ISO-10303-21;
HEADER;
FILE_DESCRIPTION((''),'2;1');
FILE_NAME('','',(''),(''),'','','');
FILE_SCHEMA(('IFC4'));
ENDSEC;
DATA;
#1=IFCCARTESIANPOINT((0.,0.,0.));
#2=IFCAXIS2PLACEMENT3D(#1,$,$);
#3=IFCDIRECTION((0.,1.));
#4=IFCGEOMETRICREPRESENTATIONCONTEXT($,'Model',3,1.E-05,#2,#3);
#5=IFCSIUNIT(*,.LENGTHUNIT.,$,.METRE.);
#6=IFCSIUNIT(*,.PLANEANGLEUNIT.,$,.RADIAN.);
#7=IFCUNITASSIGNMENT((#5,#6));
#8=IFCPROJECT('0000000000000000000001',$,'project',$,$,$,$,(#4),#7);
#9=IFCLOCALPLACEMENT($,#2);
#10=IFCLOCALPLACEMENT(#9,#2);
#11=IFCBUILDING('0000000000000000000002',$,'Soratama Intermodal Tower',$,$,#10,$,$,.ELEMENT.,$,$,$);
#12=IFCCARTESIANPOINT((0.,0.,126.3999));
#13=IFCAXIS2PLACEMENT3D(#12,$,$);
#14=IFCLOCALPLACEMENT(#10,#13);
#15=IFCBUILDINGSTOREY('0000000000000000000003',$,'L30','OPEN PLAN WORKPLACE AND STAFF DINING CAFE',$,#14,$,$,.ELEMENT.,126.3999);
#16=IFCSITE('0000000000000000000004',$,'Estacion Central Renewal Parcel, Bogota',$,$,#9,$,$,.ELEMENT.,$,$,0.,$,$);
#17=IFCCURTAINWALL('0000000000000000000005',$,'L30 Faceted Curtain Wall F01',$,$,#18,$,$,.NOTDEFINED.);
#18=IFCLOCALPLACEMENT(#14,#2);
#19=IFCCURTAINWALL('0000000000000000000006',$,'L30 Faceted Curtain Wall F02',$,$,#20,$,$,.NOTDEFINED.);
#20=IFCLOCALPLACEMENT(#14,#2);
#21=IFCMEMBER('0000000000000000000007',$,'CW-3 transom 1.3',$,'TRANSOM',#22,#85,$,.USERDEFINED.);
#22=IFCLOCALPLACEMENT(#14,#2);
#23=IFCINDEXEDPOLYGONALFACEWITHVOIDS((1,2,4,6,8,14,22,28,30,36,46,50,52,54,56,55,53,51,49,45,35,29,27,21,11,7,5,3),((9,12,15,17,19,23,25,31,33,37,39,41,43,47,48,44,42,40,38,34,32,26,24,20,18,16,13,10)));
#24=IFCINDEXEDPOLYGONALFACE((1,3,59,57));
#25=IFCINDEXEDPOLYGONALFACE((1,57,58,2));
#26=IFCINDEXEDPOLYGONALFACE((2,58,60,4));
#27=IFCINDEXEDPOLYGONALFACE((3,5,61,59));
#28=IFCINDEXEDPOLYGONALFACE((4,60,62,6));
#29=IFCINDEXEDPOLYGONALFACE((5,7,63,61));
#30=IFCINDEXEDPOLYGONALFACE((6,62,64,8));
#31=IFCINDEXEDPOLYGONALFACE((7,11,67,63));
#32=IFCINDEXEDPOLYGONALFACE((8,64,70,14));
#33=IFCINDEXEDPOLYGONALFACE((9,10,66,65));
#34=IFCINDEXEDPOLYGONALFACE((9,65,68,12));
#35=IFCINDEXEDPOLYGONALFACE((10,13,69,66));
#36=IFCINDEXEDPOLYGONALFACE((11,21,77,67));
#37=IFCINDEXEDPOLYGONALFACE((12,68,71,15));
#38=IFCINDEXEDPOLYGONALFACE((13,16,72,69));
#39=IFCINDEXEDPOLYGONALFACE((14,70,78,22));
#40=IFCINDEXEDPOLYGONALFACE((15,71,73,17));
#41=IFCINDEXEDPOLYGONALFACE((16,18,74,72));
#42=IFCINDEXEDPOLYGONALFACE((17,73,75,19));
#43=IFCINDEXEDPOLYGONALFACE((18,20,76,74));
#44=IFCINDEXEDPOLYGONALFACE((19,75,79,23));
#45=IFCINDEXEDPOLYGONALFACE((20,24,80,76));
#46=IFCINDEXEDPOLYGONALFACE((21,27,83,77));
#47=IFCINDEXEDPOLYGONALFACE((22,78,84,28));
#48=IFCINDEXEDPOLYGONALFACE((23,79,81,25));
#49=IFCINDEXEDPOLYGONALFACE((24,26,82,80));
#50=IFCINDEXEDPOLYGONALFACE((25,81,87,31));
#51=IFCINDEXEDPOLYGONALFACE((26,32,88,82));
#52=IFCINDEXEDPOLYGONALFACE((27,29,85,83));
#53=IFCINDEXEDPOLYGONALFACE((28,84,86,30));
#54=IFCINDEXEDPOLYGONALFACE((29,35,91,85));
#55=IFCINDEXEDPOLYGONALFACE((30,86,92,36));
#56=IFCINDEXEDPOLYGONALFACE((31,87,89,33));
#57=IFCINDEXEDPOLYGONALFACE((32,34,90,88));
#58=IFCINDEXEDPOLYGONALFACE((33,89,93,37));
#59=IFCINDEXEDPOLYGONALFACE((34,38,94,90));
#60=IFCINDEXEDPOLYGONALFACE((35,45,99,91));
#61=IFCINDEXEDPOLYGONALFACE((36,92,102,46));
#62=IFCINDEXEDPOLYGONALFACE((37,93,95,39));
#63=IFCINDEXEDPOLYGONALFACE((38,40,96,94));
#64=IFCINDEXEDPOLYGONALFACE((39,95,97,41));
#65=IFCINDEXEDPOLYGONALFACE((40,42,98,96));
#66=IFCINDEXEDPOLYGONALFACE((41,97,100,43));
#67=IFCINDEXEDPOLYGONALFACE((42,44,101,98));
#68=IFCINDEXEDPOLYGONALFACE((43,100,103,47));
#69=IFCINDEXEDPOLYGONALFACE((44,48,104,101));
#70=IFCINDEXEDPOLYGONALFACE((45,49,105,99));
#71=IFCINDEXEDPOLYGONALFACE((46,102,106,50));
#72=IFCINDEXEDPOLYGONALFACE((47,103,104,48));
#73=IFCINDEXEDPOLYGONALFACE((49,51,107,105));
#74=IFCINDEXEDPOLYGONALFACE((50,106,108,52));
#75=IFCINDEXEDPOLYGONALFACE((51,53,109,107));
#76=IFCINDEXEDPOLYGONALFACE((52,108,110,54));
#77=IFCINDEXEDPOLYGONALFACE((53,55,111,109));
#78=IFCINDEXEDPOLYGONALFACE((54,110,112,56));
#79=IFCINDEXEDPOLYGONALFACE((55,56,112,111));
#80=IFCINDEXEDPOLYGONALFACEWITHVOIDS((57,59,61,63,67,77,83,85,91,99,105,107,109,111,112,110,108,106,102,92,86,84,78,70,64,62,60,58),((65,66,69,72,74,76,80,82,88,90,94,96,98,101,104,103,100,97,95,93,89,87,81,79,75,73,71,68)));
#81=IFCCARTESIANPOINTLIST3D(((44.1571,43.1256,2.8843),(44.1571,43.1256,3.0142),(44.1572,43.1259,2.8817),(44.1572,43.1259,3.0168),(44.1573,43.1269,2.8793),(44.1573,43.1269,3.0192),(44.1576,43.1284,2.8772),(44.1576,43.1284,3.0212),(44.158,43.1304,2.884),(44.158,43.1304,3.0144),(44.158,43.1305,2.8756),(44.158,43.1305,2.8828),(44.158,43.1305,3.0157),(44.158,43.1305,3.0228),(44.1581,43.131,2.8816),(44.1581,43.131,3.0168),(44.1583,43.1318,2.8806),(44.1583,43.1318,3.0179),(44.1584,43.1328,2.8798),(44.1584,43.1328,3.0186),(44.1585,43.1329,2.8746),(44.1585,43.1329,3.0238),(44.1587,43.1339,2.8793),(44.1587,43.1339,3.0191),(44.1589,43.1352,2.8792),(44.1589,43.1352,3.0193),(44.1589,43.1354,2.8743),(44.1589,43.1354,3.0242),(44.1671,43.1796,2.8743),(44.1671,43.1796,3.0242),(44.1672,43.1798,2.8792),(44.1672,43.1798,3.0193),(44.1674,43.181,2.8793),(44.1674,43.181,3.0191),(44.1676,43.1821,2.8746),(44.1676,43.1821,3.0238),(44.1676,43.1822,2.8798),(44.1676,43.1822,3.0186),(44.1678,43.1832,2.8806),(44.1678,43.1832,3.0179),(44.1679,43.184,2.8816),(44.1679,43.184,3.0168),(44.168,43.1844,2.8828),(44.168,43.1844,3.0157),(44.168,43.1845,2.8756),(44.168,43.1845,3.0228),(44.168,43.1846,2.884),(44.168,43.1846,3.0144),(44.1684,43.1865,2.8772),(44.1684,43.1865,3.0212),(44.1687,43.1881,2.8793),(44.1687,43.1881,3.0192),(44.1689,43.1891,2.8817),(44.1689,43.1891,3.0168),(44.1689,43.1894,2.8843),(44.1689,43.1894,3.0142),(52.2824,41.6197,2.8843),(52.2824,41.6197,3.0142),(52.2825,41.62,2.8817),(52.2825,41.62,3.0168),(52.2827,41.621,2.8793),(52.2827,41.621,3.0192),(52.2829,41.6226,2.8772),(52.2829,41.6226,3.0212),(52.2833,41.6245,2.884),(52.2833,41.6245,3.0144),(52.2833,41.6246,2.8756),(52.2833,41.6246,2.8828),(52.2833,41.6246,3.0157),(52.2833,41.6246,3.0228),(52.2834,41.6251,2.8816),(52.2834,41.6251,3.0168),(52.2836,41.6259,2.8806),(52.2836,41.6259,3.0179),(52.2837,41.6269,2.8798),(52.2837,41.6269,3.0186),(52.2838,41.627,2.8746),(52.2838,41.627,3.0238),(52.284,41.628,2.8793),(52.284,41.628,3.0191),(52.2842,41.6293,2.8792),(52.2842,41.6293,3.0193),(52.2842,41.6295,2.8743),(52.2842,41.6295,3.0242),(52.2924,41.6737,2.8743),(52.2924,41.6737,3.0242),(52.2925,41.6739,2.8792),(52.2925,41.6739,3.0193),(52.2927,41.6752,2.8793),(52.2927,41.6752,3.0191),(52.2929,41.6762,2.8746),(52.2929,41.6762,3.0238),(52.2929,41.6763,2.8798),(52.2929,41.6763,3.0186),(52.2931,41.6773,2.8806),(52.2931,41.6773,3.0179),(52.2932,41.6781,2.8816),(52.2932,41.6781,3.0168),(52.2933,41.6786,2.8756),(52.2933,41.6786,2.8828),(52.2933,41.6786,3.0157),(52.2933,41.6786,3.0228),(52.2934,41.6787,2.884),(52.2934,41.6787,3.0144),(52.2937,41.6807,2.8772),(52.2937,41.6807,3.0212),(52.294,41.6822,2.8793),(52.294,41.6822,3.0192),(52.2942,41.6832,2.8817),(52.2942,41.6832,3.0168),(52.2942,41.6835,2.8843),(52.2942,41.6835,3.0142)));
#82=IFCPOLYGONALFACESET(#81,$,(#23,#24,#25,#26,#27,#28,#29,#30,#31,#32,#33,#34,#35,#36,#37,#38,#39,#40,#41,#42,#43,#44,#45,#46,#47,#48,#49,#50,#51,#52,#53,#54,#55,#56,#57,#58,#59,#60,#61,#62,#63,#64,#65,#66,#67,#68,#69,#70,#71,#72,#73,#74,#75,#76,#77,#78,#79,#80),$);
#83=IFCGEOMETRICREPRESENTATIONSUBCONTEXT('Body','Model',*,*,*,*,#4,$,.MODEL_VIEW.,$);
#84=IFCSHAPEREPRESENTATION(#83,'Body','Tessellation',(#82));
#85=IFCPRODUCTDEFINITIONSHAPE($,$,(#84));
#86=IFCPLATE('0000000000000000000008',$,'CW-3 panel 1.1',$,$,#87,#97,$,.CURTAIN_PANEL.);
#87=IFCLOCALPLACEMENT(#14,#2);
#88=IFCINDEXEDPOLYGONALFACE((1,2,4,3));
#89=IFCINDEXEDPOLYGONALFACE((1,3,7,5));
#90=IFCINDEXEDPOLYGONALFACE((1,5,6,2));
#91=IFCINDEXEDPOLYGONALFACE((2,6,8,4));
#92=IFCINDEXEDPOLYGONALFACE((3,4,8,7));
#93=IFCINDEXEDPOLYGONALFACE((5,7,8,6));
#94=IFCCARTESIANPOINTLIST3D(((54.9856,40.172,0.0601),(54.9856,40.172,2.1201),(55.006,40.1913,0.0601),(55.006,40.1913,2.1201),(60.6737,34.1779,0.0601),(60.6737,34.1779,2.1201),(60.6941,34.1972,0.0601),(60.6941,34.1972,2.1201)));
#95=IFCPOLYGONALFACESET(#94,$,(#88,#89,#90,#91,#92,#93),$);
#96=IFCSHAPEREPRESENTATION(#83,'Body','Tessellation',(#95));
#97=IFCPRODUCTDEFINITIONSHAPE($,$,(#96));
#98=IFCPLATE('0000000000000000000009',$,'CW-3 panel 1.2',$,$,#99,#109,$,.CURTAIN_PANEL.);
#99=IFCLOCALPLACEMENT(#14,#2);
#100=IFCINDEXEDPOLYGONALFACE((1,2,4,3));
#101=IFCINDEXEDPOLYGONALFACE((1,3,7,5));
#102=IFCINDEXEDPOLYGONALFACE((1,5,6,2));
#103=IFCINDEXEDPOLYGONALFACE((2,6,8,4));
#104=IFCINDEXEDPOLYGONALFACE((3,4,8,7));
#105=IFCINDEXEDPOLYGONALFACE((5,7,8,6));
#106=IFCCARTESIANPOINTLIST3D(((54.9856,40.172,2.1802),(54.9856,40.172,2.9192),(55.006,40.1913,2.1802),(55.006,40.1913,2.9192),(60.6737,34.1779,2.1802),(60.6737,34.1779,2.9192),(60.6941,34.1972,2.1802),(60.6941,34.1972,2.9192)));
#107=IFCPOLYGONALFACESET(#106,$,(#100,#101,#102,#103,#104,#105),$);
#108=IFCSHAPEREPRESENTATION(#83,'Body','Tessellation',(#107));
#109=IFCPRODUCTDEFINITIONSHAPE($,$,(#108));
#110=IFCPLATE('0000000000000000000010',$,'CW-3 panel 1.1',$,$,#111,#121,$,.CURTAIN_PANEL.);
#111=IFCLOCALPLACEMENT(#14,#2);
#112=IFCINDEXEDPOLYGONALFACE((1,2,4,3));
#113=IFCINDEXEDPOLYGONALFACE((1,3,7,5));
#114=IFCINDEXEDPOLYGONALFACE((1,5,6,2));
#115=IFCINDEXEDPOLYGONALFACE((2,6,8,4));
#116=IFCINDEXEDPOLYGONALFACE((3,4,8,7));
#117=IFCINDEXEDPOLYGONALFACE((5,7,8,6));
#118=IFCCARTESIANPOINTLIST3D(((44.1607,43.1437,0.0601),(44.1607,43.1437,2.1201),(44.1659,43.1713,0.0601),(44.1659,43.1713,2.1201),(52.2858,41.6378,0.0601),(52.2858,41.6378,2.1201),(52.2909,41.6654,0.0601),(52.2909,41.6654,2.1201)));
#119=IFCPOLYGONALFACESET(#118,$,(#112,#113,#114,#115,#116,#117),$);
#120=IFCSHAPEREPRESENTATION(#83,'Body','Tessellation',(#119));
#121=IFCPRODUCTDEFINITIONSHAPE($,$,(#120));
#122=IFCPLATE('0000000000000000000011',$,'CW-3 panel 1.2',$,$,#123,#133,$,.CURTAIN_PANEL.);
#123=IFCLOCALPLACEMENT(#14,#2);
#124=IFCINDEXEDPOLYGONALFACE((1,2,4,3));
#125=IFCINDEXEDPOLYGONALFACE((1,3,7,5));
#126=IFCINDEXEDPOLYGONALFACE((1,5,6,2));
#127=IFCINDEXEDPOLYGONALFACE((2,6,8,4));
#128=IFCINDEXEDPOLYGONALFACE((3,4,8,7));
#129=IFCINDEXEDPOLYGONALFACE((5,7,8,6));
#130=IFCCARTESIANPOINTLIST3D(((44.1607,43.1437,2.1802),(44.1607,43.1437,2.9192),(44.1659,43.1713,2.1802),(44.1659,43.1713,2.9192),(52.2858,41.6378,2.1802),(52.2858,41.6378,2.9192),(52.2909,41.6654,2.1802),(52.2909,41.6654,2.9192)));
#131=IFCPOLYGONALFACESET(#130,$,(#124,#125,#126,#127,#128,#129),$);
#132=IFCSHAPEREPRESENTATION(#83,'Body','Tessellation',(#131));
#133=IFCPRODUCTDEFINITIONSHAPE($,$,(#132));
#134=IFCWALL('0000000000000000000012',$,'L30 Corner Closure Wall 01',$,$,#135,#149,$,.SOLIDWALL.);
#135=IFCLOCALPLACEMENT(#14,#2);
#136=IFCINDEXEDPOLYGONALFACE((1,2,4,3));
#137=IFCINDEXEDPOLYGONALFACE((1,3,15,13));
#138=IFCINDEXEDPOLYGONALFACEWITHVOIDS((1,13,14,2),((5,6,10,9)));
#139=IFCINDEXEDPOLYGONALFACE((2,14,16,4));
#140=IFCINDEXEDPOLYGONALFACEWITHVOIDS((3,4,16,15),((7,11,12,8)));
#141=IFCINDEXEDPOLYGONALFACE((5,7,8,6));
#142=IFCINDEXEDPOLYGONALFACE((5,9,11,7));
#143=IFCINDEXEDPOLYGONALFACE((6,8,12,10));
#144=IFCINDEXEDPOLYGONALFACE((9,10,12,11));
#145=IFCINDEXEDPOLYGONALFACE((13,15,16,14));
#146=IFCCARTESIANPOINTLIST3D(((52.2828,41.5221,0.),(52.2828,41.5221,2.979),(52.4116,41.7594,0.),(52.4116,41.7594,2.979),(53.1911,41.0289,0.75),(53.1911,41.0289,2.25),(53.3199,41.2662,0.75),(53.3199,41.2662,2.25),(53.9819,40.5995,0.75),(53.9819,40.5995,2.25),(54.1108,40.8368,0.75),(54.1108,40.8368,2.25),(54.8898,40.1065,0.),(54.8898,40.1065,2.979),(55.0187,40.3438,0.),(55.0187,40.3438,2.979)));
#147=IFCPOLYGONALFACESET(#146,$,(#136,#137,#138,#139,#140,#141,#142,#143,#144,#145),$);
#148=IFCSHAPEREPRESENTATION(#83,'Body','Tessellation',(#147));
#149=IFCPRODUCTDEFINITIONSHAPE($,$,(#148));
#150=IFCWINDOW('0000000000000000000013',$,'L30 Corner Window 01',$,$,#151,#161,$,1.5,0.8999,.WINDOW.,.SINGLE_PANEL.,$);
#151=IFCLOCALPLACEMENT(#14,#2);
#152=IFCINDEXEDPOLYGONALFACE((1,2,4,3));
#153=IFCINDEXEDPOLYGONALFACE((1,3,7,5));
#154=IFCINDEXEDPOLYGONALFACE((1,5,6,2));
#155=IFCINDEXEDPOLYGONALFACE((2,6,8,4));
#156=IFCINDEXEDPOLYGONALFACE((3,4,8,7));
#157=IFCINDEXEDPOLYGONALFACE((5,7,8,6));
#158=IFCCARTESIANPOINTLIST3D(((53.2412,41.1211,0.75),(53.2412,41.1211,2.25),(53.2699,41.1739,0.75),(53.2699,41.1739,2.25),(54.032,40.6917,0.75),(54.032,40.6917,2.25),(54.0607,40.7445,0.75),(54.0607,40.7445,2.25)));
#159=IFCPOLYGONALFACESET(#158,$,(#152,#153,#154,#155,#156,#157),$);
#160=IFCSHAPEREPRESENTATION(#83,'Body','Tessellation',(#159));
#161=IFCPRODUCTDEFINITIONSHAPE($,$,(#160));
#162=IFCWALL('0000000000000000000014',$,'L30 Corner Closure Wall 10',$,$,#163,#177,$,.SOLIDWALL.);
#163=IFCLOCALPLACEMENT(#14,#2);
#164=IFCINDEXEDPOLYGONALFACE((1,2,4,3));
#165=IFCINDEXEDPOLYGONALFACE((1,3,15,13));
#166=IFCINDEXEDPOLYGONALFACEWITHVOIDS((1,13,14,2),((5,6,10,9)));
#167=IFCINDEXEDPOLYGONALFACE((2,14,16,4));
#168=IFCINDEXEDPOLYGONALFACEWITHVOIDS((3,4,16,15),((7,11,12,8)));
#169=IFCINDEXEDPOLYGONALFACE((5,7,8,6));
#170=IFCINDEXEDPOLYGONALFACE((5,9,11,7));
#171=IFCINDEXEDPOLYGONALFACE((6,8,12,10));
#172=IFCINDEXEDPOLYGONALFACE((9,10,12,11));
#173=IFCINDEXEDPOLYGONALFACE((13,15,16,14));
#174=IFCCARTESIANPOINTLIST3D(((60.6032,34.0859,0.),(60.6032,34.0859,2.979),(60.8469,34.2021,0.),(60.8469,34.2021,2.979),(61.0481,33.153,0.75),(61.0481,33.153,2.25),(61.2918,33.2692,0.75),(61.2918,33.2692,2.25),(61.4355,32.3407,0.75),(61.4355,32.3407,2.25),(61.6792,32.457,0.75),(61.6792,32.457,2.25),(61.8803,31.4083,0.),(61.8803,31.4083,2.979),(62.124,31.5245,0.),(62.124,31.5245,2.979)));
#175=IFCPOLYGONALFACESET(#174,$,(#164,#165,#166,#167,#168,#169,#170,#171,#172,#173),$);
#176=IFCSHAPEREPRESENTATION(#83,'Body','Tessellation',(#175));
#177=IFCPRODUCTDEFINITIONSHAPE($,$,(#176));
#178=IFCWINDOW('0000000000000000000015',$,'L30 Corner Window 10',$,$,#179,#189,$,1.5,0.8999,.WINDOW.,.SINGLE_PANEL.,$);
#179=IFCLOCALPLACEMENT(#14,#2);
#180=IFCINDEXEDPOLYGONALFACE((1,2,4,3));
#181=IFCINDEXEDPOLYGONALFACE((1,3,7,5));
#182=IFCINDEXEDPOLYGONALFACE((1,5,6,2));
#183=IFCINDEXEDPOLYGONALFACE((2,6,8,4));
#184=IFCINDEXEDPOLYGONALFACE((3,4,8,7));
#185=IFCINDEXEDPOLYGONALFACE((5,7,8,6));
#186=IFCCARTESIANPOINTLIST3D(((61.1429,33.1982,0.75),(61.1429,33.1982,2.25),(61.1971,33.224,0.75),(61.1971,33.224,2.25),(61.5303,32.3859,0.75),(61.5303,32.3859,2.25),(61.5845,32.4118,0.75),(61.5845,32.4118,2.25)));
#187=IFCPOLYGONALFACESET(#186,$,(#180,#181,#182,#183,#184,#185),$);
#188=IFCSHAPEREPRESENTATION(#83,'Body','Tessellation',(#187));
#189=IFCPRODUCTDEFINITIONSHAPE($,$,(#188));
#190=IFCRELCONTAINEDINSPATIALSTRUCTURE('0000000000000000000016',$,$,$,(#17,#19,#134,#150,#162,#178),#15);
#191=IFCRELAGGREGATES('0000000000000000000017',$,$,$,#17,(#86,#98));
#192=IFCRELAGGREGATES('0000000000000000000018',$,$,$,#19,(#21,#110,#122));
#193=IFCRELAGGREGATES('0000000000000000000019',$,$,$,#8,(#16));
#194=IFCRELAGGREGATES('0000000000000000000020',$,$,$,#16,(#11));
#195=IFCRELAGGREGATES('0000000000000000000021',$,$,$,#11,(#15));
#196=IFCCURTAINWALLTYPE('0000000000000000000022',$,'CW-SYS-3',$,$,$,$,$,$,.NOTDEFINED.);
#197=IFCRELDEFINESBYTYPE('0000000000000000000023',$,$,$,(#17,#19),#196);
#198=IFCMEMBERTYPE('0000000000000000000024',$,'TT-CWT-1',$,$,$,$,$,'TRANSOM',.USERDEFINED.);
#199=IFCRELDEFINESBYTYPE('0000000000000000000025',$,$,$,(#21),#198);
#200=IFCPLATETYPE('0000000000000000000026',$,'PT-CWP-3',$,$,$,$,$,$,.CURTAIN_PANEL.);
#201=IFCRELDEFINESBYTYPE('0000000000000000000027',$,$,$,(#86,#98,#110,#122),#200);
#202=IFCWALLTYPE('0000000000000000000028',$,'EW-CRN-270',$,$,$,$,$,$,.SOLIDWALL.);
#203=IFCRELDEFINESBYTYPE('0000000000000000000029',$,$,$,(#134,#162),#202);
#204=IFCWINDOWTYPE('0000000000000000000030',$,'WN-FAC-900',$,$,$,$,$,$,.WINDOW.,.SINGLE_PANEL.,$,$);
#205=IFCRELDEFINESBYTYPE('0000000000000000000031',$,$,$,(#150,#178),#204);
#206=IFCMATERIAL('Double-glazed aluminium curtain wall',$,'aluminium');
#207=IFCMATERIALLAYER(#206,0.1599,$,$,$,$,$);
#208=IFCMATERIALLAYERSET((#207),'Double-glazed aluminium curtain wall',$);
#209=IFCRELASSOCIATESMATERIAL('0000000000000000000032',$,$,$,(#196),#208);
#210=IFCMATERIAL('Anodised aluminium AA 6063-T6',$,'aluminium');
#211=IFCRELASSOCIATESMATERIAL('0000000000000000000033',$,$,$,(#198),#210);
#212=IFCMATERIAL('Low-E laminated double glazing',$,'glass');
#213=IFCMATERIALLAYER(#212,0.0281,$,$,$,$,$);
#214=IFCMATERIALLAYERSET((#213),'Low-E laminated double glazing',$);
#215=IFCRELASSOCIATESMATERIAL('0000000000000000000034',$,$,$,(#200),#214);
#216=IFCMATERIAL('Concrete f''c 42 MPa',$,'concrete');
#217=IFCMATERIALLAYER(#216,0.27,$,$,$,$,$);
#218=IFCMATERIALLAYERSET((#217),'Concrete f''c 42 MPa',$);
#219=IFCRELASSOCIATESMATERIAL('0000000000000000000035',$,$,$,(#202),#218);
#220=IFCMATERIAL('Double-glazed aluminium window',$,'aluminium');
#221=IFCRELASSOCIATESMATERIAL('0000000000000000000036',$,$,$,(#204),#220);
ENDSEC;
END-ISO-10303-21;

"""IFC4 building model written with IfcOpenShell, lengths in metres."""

from ifc_helpers import new_model, si_unit, direction, frame, frame_2d, origin, origin_2d, place, context, subcontext, project, spatial, rectangle, hollow_rectangle, extrude, material, layer, layer_set, material_profile, profile_set, type_object, element, fill, aggregate, save


model = new_model("IFC4")

# Units and contexts
model_context = context("Model", 3, precision=1e-05, world=origin(), true_north=direction((0.0, 1.0)))
body_context = subcontext(model_context, "Body", "Model", "MODEL_VIEW")
ifc_project = project(units=[si_unit("LENGTHUNIT", "METRE"), si_unit("PLANEANGLEUNIT", "RADIAN")], contexts=[model_context])

# Site, building, storey
site_placement = place(None, origin())
site = spatial("IfcSite", under=ifc_project, at=site_placement, Name="Estacion Central Renewal Parcel, Bogota", CompositionType="ELEMENT", RefElevation=0.0)
building_placement = place(site_placement, origin())
building = spatial("IfcBuilding", under=site, at=building_placement, Name="Soratama Intermodal Tower", CompositionType="ELEMENT")
storey_placement = place(building_placement, frame((0.0, 0.0, 126.3999)))
storey = spatial("IfcBuildingStorey", under=building, at=storey_placement, Name="L30", Description="OPEN PLAN WORKPLACE AND STAFF DINING CAFE", CompositionType="ELEMENT", Elevation=126.3999)

# Curtain wall
ifc_material_1 = material(Name="Double-glazed aluminium curtain wall", Category="aluminium")
ifc_layer_1 = layer(ifc_material_1, 0.1599)
ifc_layer_set_1 = layer_set([ifc_layer_1], Name="Double-glazed aluminium curtain wall")
curtain_wall_type = type_object("IfcCurtainWallType", Name="CW-SYS-3", PredefinedType="NOTDEFINED", material=ifc_layer_set_1)
curtain_wall_1_placement = place(storey_placement, origin())
curtain_wall_1 = element("IfcCurtainWall", 1, at=curtain_wall_1_placement, inside=storey, type_object=curtain_wall_type, Name="L30 Faceted Curtain Wall F01", PredefinedType="NOTDEFINED")

# Curtain wall
curtain_wall_2_placement = place(storey_placement, origin())
curtain_wall_2 = element("IfcCurtainWall", 2, at=curtain_wall_2_placement, inside=storey, type_object=curtain_wall_type, Name="L30 Faceted Curtain Wall F02", PredefinedType="NOTDEFINED")

# Member
ifc_material_2 = material(Name="Anodised aluminium AA 6063-T6", Category="aluminium")
ifc_material_profile_1 = material_profile(ifc_material_2, hollow_rectangle(XDim=0.0649, YDim=0.1499, WallThickness=0.0049, InnerFilletRadius=0.0049, OuterFilletRadius=0.01, at=origin_2d()), Name="CWT150X65X5")
ifc_profile_set_1 = profile_set([ifc_material_profile_1], Name="Anodised aluminium AA 6063-T6")
member_type_1 = type_object("IfcMemberType", Name="TT-CWT-1", ElementType="TRANSOM", PredefinedType="USERDEFINED", material=ifc_profile_set_1)
member_1_placement = place(storey_placement, frame((52.2883, 41.6516, 2.9492), z_axis=(-0.983256, 0.182228, 0.0), x_axis=(-0.182228, -0.983256, 0.0)))
member_1 = element("IfcMember", 3, at=member_1_placement, type_object=member_type_1, Name="CW-3 transom 1.3", ObjectType="TRANSOM", PredefinedType="USERDEFINED", context=body_context, shape_type="SweptSolid", body=[
    extrude(hollow_rectangle(XDim=0.0649, YDim=0.1499, WallThickness=0.0049, InnerFilletRadius=0.0049, OuterFilletRadius=0.01, at=origin_2d()), origin(), (0.0, 0.0, 1.0), 8.2637),
])

# Plates
ifc_material_3 = material(Name="Low-E laminated double glazing", Category="glass")
ifc_layer_2 = layer(ifc_material_3, 0.0281)
ifc_layer_set_2 = layer_set([ifc_layer_2], Name="Low-E laminated double glazing")
plate_type = type_object("IfcPlateType", Name="PT-CWP-3", PredefinedType="CURTAIN_PANEL", material=ifc_layer_set_2)
plate_1_placement = place(storey_placement, frame((57.8398, 37.1846, 0.0601), z_axis=(0.0, 0.0, 1.0), x_axis=(-0.688352, 0.725377, 0.0)))
plate_1 = element("IfcPlate", 4, at=plate_1_placement, type_object=plate_type, Name="CW-3 panel 1.1", PredefinedType="CURTAIN_PANEL", context=body_context, shape_type="SweptSolid", body=[
    extrude(rectangle(XDim=8.2634, YDim=0.0281, at=origin_2d()), origin(), (0.0, 0.0, 1.0), 2.0601),
])
plate_2_placement = place(storey_placement, frame((57.8398, 37.1846, 2.1802), z_axis=(0.0, 0.0, 1.0), x_axis=(-0.688352, 0.725377, 0.0)))
plate_2 = element("IfcPlate", 5, at=plate_2_placement, type_object=plate_type, Name="CW-3 panel 1.2", PredefinedType="CURTAIN_PANEL", context=body_context, shape_type="SweptSolid", body=[
    extrude(rectangle(XDim=8.2634, YDim=0.0281, at=origin_2d()), origin(), (0.0, 0.0, 1.0), 0.739),
])
aggregate(curtain_wall_1, [plate_1, plate_2])
plate_3_placement = place(storey_placement, frame((48.2258, 42.4045, 0.0601), z_axis=(0.0, 0.0, 1.0), x_axis=(-0.983254, 0.182239, 0.0)))
plate_3 = element("IfcPlate", 6, at=plate_3_placement, type_object=plate_type, Name="CW-3 panel 1.1", PredefinedType="CURTAIN_PANEL", context=body_context, shape_type="SweptSolid", body=[
    extrude(rectangle(XDim=8.2634, YDim=0.0281, at=origin_2d()), origin(), (0.0, 0.0, 1.0), 2.0601),
])
plate_4_placement = place(storey_placement, frame((48.2258, 42.4045, 2.1802), z_axis=(0.0, 0.0, 1.0), x_axis=(-0.983254, 0.182239, 0.0)))
plate_4 = element("IfcPlate", 7, at=plate_4_placement, type_object=plate_type, Name="CW-3 panel 1.2", PredefinedType="CURTAIN_PANEL", context=body_context, shape_type="SweptSolid", body=[
    extrude(rectangle(XDim=8.2634, YDim=0.0281, at=origin_2d()), origin(), (0.0, 0.0, 1.0), 0.739),
])
aggregate(curtain_wall_2, [member_1, plate_3, plate_4])

# Walls, openings, windows
ifc_material_4 = material(Name="Concrete f'c 42 MPa", Category="concrete")
ifc_layer_3 = layer(ifc_material_4, 0.27)
ifc_layer_set_3 = layer_set([ifc_layer_3], Name="Concrete f'c 42 MPa")
wall_type = type_object("IfcWallType", Name="EW-CRN-270", PredefinedType="SOLIDWALL", material=ifc_layer_set_3)
wall_1_placement = place(storey_placement, frame((54.9543, 40.2251, 0.0), z_axis=(0.0, 0.0, 1.0), x_axis=(-0.878806, 0.477179, 0.0)))
wall_1 = element("IfcWall", 8, at=wall_1_placement, inside=storey, type_object=wall_type, Name="L30 Corner Closure Wall 01", PredefinedType="SOLIDWALL", context=body_context, shape_type="SweptSolid", body=[
    extrude(rectangle(XDim=2.9666, YDim=0.27, at=frame_2d((1.4834, 0.0))), origin(), (0.0, 0.0, 1.0), 2.979),
])
opening_1_placement = place(wall_1_placement, frame((1.0332, 0.0, 0.75)))
opening_1 = element("IfcOpeningElement", 9, at=opening_1_placement, cuts=wall_1, PredefinedType="OPENING", context=body_context, shape_type="SweptSolid", body=[
    extrude(rectangle(XDim=0.8999, YDim=1.5, at=frame_2d((0.45, 0.75))), frame((0.0, 0.145, 0.0), z_axis=(0.0, -1.0, 0.0), x_axis=(1.0, 0.0, 0.0)), (0.0, 0.0, 1.0), 0.29),
])
ifc_material_5 = material(Name="Double-glazed aluminium window", Category="aluminium")
window_type = type_object("IfcWindowType", Name="WN-FAC-900", PartitioningType="SINGLE_PANEL", PredefinedType="WINDOW", material=ifc_material_5)
window_1_placement = place(opening_1_placement, origin())
window_1 = element("IfcWindow", 10, at=window_1_placement, inside=storey, type_object=window_type, Name="L30 Corner Window 01", OverallHeight=1.5, OverallWidth=0.8999, PartitioningType="SINGLE_PANEL", PredefinedType="WINDOW", context=body_context, shape_type="SweptSolid", body=[
    extrude(rectangle(XDim=0.8999, YDim=1.5, at=frame_2d((0.45, 0.75))), frame((0.0, 0.03, 0.0), z_axis=(0.0, -1.0, 0.0), x_axis=(1.0, 0.0, 0.0)), (0.0, 0.0, 1.0), 0.0601),
])
fill(opening_1, window_1)
wall_2_placement = place(storey_placement, frame((62.0022, 31.4663, 0.0), z_axis=(0.0, 0.0, 1.0), x_axis=(-0.430512, 0.902585, 0.0)))
wall_2 = element("IfcWall", 11, at=wall_2_placement, inside=storey, type_object=wall_type, Name="L30 Corner Closure Wall 10", PredefinedType="SOLIDWALL", context=body_context, shape_type="SweptSolid", body=[
    extrude(rectangle(XDim=2.9666, YDim=0.27, at=frame_2d((1.4834, 0.0))), origin(), (0.0, 0.0, 1.0), 2.979),
])
opening_2_placement = place(wall_2_placement, frame((1.0332, 0.0, 0.75)))
opening_2 = element("IfcOpeningElement", 12, at=opening_2_placement, cuts=wall_2, PredefinedType="OPENING", context=body_context, shape_type="SweptSolid", body=[
    extrude(rectangle(XDim=0.8999, YDim=1.5, at=frame_2d((0.45, 0.75))), frame((0.0, 0.145, 0.0), z_axis=(0.0, -1.0, 0.0), x_axis=(1.0, 0.0, 0.0)), (0.0, 0.0, 1.0), 0.29),
])
window_2_placement = place(opening_2_placement, origin())
window_2 = element("IfcWindow", 13, at=window_2_placement, inside=storey, type_object=window_type, Name="L30 Corner Window 10", OverallHeight=1.5, OverallWidth=0.8999, PartitioningType="SINGLE_PANEL", PredefinedType="WINDOW", context=body_context, shape_type="SweptSolid", body=[
    extrude(rectangle(XDim=0.8999, YDim=1.5, at=frame_2d((0.45, 0.75))), frame((0.0, 0.03, 0.0), z_axis=(0.0, -1.0, 0.0), x_axis=(1.0, 0.0, 0.0)), (0.0, 0.0, 1.0), 0.0601),
])
fill(opening_2, window_2)

save(model, "model.ifc")
